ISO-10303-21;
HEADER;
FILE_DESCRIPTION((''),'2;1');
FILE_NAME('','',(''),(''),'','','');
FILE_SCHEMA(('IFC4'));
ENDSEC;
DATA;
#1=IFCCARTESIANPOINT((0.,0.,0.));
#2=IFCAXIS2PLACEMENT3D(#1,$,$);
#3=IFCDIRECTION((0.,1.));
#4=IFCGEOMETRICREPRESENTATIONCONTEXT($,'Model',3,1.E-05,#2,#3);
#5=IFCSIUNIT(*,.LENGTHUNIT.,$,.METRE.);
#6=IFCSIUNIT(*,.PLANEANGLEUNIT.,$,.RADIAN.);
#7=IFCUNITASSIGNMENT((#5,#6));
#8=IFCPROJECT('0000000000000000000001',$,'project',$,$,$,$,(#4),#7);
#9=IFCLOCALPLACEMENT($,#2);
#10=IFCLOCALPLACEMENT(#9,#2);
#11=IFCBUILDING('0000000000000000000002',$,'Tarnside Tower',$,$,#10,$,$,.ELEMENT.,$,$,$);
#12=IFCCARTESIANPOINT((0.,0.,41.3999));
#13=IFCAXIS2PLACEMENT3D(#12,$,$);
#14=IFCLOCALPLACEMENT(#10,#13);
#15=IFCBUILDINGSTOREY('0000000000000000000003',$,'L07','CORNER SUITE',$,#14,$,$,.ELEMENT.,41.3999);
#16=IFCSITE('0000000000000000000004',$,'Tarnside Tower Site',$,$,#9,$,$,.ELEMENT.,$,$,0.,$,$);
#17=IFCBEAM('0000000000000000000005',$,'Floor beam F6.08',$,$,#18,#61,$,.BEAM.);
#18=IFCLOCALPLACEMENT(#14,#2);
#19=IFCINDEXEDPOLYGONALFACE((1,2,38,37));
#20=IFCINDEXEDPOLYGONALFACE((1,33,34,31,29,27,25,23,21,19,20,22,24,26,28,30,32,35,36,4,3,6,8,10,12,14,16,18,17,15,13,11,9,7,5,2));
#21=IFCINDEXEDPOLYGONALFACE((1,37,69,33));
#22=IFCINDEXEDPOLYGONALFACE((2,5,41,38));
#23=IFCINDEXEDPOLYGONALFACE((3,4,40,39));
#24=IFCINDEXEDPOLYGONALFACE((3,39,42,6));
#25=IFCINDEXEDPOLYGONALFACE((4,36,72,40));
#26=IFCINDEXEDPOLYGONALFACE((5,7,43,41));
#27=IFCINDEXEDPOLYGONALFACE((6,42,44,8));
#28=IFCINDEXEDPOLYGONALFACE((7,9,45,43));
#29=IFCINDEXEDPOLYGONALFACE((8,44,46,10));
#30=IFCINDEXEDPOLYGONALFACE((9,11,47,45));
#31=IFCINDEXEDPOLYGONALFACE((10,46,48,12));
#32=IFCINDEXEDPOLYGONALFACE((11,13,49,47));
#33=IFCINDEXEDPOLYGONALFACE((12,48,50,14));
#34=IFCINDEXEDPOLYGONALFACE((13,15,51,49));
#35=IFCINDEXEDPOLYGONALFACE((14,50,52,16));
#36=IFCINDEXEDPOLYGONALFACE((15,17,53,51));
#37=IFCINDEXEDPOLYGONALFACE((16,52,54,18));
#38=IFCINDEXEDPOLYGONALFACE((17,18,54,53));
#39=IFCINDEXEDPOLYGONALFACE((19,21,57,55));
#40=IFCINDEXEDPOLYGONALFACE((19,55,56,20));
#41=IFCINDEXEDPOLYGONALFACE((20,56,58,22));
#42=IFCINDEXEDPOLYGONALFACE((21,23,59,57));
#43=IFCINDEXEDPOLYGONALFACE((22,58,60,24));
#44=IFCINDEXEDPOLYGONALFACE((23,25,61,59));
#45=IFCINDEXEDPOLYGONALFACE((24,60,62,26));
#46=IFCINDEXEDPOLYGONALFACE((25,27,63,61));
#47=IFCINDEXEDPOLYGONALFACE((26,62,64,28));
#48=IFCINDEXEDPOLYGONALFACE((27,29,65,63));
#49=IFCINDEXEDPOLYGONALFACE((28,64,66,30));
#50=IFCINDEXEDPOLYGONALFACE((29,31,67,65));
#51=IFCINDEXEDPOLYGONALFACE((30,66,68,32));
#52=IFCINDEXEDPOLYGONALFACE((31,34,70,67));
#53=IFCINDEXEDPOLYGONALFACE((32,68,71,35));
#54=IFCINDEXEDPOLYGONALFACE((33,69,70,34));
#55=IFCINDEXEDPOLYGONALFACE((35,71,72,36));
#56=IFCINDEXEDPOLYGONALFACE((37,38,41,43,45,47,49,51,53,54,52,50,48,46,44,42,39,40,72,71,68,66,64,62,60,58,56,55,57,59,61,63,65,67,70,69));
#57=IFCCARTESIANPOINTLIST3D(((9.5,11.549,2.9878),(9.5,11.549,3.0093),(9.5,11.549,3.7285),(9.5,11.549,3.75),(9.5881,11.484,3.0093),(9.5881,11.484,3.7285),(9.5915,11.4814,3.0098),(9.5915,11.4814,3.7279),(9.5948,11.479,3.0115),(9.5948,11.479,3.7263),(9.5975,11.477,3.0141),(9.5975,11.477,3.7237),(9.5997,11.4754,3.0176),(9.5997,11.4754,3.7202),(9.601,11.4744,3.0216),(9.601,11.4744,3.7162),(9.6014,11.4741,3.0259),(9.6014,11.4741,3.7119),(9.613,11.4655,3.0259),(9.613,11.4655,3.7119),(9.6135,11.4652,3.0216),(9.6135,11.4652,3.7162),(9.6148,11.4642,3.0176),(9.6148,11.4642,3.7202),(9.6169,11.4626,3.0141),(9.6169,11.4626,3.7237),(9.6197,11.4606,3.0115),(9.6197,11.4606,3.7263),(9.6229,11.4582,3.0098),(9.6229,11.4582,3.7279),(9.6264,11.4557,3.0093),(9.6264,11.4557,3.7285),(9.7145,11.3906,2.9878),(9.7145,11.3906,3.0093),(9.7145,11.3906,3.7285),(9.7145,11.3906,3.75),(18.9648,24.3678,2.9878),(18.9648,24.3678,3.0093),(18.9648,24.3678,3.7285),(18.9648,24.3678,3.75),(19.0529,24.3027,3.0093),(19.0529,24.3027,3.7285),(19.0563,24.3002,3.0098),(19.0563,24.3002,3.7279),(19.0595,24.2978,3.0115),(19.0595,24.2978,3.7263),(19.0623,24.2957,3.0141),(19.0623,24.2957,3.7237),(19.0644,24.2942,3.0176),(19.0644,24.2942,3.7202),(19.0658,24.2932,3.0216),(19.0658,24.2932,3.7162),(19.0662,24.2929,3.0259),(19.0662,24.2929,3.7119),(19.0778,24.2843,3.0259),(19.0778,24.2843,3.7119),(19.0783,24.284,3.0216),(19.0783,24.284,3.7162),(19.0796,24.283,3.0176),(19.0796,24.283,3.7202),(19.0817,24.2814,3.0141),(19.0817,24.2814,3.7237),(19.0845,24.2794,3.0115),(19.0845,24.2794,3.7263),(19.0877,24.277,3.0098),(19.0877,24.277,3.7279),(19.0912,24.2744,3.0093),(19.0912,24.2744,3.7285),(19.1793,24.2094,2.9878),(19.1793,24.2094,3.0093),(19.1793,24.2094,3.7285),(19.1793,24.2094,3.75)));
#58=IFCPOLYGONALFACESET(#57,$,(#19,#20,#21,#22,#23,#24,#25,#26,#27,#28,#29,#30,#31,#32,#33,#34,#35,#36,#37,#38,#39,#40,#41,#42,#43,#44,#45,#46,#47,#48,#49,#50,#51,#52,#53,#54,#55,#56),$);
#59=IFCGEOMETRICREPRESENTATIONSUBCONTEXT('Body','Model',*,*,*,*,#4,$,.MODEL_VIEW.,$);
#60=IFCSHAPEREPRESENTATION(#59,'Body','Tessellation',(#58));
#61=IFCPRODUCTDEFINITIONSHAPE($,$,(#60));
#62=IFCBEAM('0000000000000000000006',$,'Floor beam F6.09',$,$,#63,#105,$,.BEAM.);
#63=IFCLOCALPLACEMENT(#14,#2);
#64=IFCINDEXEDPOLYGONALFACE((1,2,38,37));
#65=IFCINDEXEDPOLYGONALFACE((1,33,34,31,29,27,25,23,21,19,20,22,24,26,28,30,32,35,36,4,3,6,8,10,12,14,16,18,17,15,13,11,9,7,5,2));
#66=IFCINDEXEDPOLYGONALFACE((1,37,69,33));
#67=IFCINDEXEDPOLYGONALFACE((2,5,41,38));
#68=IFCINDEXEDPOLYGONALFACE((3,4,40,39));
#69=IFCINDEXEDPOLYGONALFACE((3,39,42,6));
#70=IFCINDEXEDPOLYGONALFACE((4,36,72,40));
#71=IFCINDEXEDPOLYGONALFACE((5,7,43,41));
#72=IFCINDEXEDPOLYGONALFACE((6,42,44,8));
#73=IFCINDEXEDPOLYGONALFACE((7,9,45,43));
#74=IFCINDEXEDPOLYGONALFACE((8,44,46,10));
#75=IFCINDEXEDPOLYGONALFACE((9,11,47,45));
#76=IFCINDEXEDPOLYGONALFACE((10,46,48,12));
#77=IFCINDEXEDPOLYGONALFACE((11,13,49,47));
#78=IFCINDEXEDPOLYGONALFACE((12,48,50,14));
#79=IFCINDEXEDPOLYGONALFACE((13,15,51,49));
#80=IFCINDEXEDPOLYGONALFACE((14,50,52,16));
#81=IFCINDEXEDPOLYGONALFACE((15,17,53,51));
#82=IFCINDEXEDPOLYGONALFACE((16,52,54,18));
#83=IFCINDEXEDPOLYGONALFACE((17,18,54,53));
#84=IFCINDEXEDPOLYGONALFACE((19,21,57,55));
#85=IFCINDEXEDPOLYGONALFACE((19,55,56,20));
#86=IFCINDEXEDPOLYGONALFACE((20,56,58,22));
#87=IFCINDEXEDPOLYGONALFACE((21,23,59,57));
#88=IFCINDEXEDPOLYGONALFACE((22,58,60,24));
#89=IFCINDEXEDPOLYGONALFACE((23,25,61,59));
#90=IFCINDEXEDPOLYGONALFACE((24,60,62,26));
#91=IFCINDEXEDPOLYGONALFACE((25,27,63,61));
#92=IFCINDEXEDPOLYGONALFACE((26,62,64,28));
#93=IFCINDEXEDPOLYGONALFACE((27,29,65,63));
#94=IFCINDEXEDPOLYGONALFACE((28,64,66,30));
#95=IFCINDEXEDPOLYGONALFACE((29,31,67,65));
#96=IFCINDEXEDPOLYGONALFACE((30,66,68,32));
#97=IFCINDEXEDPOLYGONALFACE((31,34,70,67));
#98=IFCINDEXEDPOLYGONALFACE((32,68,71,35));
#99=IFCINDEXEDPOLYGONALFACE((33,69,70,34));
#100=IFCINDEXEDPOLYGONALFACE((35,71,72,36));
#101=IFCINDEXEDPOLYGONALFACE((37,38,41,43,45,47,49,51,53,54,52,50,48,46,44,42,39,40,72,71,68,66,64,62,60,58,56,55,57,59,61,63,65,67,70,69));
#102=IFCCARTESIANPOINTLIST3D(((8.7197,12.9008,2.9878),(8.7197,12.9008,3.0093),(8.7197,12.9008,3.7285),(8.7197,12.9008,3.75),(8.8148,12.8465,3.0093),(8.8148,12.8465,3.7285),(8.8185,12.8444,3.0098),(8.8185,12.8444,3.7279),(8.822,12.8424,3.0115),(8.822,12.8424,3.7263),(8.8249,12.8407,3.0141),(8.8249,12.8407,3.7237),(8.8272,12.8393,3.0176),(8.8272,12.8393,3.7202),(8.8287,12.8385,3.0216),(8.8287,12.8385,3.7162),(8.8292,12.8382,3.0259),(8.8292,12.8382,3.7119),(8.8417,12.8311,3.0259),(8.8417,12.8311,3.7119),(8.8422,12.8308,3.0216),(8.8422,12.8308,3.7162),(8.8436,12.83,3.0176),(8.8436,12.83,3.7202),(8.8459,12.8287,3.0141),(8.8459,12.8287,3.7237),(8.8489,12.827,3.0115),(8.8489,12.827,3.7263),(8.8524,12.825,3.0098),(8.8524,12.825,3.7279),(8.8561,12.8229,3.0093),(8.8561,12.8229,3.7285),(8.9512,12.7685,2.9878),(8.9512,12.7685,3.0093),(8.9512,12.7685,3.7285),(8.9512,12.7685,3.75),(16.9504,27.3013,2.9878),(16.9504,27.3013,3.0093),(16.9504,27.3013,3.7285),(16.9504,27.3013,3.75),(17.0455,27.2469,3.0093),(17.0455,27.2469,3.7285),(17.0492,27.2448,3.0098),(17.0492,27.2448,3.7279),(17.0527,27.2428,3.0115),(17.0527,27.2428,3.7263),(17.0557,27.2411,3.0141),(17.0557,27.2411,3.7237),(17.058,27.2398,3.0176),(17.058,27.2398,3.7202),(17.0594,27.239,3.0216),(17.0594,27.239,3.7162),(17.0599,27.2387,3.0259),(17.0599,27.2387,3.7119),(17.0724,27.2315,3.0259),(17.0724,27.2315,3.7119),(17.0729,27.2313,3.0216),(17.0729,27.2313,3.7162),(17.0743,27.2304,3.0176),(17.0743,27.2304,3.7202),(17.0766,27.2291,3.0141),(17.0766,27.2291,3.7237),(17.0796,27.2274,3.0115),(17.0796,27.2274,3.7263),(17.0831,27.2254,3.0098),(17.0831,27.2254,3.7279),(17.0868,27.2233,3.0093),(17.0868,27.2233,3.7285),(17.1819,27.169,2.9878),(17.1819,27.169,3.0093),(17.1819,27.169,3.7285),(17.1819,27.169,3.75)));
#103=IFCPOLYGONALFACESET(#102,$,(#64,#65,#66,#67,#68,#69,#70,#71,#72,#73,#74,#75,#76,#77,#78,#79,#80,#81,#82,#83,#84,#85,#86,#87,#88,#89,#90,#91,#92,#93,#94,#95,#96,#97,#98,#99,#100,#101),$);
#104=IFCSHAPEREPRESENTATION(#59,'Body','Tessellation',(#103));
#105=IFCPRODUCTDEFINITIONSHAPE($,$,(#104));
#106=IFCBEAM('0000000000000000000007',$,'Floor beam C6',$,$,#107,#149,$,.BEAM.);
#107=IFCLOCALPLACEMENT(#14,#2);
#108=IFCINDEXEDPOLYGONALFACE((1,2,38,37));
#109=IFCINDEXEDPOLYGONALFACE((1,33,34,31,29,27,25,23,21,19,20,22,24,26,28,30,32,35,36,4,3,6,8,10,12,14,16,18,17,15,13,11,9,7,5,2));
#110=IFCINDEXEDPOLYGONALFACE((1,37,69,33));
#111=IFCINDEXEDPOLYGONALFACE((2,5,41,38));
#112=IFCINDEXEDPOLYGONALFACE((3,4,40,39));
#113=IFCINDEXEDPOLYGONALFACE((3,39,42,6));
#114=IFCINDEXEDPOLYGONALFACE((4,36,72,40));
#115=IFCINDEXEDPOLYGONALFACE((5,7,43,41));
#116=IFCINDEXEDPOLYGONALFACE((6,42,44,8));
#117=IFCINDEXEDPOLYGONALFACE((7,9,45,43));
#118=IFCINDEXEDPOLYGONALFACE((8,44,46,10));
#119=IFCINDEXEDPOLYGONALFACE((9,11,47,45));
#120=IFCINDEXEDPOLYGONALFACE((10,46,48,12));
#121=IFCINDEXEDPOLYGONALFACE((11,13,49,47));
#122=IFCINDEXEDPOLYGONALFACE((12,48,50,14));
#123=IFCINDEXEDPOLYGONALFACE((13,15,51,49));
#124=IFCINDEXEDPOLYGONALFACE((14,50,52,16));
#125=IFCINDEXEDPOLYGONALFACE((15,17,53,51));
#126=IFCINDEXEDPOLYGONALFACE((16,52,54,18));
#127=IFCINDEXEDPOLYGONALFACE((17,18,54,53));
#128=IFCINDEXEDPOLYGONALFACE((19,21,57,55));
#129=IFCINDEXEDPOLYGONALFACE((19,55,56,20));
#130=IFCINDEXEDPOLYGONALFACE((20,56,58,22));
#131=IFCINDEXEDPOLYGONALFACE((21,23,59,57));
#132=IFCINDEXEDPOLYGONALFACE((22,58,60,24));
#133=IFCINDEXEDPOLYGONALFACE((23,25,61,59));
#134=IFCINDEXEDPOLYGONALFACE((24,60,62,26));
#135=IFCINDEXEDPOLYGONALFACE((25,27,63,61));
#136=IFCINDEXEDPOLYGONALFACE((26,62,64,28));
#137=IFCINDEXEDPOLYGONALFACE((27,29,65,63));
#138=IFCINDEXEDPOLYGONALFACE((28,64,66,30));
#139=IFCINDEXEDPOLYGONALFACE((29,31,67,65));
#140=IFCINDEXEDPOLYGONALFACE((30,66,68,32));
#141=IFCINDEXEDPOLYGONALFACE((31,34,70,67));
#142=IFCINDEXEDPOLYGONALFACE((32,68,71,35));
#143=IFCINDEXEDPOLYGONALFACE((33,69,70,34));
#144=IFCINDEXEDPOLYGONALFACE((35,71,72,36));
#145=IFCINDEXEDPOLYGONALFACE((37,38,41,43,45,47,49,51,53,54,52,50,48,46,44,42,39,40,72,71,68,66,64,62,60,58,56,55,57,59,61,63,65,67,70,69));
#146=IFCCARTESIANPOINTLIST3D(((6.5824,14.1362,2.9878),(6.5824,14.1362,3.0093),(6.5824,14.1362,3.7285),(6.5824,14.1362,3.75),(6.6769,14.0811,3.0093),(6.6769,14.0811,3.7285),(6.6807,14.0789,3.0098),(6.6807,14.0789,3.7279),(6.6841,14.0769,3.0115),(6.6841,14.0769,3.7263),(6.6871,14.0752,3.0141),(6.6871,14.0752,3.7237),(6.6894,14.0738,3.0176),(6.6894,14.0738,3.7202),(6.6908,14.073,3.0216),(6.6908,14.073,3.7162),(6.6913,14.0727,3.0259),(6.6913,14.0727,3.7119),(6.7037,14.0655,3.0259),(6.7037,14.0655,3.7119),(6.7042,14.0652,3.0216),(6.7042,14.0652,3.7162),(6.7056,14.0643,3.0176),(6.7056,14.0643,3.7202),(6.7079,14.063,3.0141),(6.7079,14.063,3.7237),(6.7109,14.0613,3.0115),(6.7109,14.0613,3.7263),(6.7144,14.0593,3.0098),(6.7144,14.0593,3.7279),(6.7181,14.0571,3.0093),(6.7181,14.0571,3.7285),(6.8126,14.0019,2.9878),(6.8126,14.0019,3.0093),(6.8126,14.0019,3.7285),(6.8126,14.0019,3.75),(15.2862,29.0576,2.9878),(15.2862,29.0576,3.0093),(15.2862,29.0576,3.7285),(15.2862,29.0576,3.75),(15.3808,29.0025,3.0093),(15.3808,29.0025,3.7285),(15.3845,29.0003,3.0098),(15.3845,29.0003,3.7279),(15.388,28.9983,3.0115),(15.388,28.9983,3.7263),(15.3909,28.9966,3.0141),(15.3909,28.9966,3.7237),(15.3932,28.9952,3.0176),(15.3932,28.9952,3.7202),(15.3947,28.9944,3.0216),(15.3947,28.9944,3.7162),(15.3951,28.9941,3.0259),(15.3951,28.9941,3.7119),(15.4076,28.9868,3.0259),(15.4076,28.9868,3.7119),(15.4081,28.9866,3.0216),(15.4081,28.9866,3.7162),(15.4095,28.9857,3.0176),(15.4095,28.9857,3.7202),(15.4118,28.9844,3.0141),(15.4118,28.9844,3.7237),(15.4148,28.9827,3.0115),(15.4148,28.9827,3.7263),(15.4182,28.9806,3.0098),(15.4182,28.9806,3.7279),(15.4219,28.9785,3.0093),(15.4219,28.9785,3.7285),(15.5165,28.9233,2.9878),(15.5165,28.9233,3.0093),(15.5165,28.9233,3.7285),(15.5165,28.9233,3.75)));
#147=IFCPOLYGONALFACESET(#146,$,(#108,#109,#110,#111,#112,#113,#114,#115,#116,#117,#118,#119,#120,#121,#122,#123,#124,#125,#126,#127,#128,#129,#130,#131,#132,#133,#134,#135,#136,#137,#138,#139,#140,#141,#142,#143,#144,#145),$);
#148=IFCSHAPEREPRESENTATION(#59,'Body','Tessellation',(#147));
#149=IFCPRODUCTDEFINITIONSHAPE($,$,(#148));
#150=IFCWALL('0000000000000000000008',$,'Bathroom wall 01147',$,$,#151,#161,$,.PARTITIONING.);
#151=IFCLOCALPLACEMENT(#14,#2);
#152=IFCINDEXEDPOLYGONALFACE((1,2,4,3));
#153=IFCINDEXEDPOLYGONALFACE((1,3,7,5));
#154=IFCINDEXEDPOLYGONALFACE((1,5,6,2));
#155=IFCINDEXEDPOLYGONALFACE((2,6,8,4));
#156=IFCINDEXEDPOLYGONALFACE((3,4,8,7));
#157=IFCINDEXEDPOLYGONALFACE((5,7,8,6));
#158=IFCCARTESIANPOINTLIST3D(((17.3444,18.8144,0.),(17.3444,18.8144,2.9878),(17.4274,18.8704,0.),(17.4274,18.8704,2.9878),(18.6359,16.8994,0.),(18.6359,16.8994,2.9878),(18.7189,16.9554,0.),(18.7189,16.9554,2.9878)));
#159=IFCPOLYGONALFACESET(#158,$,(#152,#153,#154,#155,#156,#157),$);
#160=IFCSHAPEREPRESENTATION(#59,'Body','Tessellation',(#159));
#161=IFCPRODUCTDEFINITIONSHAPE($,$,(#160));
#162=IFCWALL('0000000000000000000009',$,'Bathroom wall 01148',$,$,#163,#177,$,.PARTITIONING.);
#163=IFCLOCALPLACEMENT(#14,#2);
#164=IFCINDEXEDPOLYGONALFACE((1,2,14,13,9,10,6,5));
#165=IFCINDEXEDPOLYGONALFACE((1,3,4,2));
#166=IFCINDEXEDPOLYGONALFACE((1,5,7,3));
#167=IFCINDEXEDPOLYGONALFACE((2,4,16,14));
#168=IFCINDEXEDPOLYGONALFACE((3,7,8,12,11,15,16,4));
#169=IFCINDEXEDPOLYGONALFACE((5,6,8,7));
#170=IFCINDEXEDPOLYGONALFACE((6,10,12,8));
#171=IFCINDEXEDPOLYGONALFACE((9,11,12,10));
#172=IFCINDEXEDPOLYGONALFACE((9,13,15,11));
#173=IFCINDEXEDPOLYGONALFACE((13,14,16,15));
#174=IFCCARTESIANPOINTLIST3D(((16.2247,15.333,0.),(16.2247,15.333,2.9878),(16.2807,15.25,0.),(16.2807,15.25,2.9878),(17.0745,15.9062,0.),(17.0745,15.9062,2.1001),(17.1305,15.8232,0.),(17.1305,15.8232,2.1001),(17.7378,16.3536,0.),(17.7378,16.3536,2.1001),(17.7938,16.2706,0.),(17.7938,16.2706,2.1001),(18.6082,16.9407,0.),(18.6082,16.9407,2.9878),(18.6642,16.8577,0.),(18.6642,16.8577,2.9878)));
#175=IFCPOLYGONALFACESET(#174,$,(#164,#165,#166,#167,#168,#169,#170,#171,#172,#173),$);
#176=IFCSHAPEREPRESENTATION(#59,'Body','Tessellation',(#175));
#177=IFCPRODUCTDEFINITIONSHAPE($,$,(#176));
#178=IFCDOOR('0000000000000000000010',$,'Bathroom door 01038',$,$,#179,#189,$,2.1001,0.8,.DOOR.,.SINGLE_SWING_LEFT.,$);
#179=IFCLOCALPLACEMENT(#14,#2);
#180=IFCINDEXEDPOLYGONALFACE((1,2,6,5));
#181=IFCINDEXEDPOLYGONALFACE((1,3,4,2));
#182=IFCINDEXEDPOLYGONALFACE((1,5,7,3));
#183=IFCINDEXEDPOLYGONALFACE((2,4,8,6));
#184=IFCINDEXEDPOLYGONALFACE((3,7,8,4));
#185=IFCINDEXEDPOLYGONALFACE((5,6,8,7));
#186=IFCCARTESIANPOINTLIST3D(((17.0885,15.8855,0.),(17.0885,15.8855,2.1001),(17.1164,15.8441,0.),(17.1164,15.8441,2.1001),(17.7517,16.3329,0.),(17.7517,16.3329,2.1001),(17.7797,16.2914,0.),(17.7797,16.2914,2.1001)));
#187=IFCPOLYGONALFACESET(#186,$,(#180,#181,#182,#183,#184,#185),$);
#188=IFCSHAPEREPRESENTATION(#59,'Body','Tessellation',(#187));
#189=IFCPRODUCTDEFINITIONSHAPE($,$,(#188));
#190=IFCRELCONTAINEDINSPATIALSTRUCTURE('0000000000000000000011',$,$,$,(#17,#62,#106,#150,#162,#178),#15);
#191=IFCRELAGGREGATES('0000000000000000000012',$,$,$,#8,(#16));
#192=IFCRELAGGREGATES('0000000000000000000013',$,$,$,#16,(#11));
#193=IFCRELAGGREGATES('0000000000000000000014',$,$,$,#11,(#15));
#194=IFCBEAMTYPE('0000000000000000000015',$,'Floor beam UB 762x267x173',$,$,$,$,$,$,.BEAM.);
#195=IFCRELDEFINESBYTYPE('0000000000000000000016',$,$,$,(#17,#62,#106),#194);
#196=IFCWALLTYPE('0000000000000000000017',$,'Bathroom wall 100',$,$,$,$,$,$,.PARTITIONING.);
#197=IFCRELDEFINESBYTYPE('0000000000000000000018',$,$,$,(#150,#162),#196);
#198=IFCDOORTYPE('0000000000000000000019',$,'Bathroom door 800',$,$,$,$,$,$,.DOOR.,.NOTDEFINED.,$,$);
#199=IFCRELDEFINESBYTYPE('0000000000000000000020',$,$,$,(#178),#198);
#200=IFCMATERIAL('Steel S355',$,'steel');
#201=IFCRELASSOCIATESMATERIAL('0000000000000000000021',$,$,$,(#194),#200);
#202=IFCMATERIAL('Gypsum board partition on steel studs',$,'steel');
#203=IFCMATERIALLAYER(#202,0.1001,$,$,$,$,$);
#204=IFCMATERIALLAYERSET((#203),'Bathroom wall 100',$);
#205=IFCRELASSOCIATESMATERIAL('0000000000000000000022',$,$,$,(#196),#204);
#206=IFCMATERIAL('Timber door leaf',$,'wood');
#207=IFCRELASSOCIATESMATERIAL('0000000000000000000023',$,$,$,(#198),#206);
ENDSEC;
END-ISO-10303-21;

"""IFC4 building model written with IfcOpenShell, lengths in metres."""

from ifc_helpers import new_model, si_unit, direction, frame, frame_2d, origin, origin_2d, place, context, subcontext, project, spatial, rectangle, i_section, extrude, material, layer, layer_set, material_profile, profile_set, type_object, element, fill, save


model = new_model("IFC4")

# Units and contexts
model_context = context("Model", 3, precision=1e-05, world=origin(), true_north=direction((0.0, 1.0)))
body_context = subcontext(model_context, "Body", "Model", "MODEL_VIEW")
ifc_project = project(units=[si_unit("LENGTHUNIT", "METRE"), si_unit("PLANEANGLEUNIT", "RADIAN")], contexts=[model_context])

# Site, building, storey
site_placement = place(None, origin())
site = spatial("IfcSite", under=ifc_project, at=site_placement, Name="Tarnside Tower Site", CompositionType="ELEMENT", RefElevation=0.0)
building_placement = place(site_placement, origin())
building = spatial("IfcBuilding", under=site, at=building_placement, Name="Tarnside Tower", CompositionType="ELEMENT")
storey_placement = place(building_placement, frame((0.0, 0.0, 41.3999)))
storey = spatial("IfcBuildingStorey", under=building, at=storey_placement, Name="L07", Description="CORNER SUITE", CompositionType="ELEMENT", Elevation=41.3999)

# Beams
ifc_material_1 = material(Name="Steel S355", Category="steel")
ifc_material_profile_1 = material_profile(ifc_material_1, i_section(OverallWidth=0.2666, OverallDepth=0.7622, WebThickness=0.0144, FlangeThickness=0.0215, FilletRadius=0.0166, at=origin_2d()), Name="UB 762x267x173")
ifc_profile_set_1 = profile_set([ifc_material_profile_1], Name="Steel S355")
beam_type_1 = type_object("IfcBeamType", Name="Floor beam UB 762x267x173", PredefinedType="BEAM", material=ifc_profile_set_1)
beam_1_placement = place(storey_placement, frame((19.072, 24.2886, 3.3689), z_axis=(-0.593987, -0.804475, 0.0), x_axis=(0.804475, -0.593987, 0.0)))
element("IfcBeam", 1, at=beam_1_placement, inside=storey, type_object=beam_type_1, Name="Floor beam F6.08", PredefinedType="BEAM", context=body_context, shape_type="SweptSolid", body=[
    extrude(i_section(OverallWidth=0.2666, OverallDepth=0.7622, WebThickness=0.0144, FlangeThickness=0.0215, FilletRadius=0.0166, at=origin_2d()), origin(), (0.0, 0.0, 1.0), 15.9343),
])
beam_2_placement = place(storey_placement, frame((17.0662, 27.2351, 3.3689), z_axis=(-0.496226, -0.868193, 0.0), x_axis=(0.868193, -0.496226, 0.0)))
element("IfcBeam", 2, at=beam_2_placement, inside=storey, type_object=beam_type_1, Name="Floor beam F6.09", PredefinedType="BEAM", context=body_context, shape_type="SweptSolid", body=[
    extrude(i_section(OverallWidth=0.2666, OverallDepth=0.7622, WebThickness=0.0144, FlangeThickness=0.0215, FilletRadius=0.0166, at=origin_2d()), origin(), (0.0, 0.0, 1.0), 16.5867),
])
beam_3_placement = place(storey_placement, frame((15.4014, 28.9905, 3.3689), z_axis=(-0.503859, -0.863786, 0.0), x_axis=(0.863786, -0.503859, 0.0)))
element("IfcBeam", 3, at=beam_3_placement, inside=storey, type_object=beam_type_1, Name="Floor beam C6", PredefinedType="BEAM", context=body_context, shape_type="SweptSolid", body=[
    extrude(i_section(OverallWidth=0.2666, OverallDepth=0.7622, WebThickness=0.0144, FlangeThickness=0.0215, FilletRadius=0.0166, at=origin_2d()), origin(), (0.0, 0.0, 1.0), 17.2744),
])

# Wall
ifc_material_2 = material(Name="Gypsum board partition on steel studs", Category="steel")
ifc_layer_1 = layer(ifc_material_2, 0.1001)
ifc_layer_set_1 = layer_set([ifc_layer_1], Name="Bathroom wall 100")
wall_type_1 = type_object("IfcWallType", Name="Bathroom wall 100", PredefinedType="PARTITIONING", material=ifc_layer_set_1)
wall_1_placement = place(storey_placement, frame((17.386, 18.8423, 0.0), z_axis=(0.0, 0.0, 1.0), x_axis=(0.559132, -0.829079, 0.0)))
element("IfcWall", 4, at=wall_1_placement, inside=storey, type_object=wall_type_1, Name="Bathroom wall 01147", PredefinedType="PARTITIONING", context=body_context, shape_type="SweptSolid", body=[
    extrude(rectangle(XDim=2.3098, YDim=0.1001, at=frame_2d((1.1548, 0.0))), origin(), (0.0, 0.0, 1.0), 2.9878),
])

# Wall, opening, door
wall_2_placement = place(storey_placement, frame((18.6362, 16.8992, 0.0), z_axis=(0.0, 0.0, 1.0), x_axis=(-0.829046, -0.55918, 0.0)))
wall_2 = element("IfcWall", 5, at=wall_2_placement, inside=storey, type_object=wall_type_1, Name="Bathroom wall 01148", PredefinedType="PARTITIONING", context=body_context, shape_type="SweptSolid", body=[
    extrude(rectangle(XDim=2.875, YDim=0.1001, at=frame_2d((1.4375, 0.0))), origin(), (0.0, 0.0, 1.0), 2.9878),
])
opening_1_placement = place(wall_2_placement, frame((1.05, 0.0, 0.0)))
opening_1 = element("IfcOpeningElement", 6, at=opening_1_placement, cuts=wall_2, PredefinedType="OPENING", context=body_context, shape_type="SweptSolid", body=[
    extrude(rectangle(XDim=0.8, YDim=2.1001, at=frame_2d((0.3999, 1.05))), frame((0.0, 0.0601, 0.0), z_axis=(0.0, -1.0, 0.0), x_axis=(1.0, 0.0, 0.0)), (0.0, 0.0, 1.0), 0.1201),
])
ifc_material_3 = material(Name="Timber door leaf", Category="wood")
door_type_1 = type_object("IfcDoorType", Name="Bathroom door 800", OperationType="NOTDEFINED", PredefinedType="DOOR", material=ifc_material_3)
door_1_placement = place(opening_1_placement, origin())
door_1 = element("IfcDoor", 7, at=door_1_placement, inside=storey, type_object=door_type_1, Name="Bathroom door 01038", OperationType="SINGLE_SWING_LEFT", OverallHeight=2.1001, OverallWidth=0.8, PredefinedType="DOOR", context=body_context, shape_type="SweptSolid", body=[
    extrude(rectangle(XDim=0.8, YDim=2.1001, at=frame_2d((0.3999, 1.05))), frame((0.0, 0.0249, 0.0), z_axis=(0.0, -1.0, 0.0), x_axis=(1.0, 0.0, 0.0)), (0.0, 0.0, 1.0), 0.05),
])
fill(opening_1, door_1)

save(model, "model.ifc")
